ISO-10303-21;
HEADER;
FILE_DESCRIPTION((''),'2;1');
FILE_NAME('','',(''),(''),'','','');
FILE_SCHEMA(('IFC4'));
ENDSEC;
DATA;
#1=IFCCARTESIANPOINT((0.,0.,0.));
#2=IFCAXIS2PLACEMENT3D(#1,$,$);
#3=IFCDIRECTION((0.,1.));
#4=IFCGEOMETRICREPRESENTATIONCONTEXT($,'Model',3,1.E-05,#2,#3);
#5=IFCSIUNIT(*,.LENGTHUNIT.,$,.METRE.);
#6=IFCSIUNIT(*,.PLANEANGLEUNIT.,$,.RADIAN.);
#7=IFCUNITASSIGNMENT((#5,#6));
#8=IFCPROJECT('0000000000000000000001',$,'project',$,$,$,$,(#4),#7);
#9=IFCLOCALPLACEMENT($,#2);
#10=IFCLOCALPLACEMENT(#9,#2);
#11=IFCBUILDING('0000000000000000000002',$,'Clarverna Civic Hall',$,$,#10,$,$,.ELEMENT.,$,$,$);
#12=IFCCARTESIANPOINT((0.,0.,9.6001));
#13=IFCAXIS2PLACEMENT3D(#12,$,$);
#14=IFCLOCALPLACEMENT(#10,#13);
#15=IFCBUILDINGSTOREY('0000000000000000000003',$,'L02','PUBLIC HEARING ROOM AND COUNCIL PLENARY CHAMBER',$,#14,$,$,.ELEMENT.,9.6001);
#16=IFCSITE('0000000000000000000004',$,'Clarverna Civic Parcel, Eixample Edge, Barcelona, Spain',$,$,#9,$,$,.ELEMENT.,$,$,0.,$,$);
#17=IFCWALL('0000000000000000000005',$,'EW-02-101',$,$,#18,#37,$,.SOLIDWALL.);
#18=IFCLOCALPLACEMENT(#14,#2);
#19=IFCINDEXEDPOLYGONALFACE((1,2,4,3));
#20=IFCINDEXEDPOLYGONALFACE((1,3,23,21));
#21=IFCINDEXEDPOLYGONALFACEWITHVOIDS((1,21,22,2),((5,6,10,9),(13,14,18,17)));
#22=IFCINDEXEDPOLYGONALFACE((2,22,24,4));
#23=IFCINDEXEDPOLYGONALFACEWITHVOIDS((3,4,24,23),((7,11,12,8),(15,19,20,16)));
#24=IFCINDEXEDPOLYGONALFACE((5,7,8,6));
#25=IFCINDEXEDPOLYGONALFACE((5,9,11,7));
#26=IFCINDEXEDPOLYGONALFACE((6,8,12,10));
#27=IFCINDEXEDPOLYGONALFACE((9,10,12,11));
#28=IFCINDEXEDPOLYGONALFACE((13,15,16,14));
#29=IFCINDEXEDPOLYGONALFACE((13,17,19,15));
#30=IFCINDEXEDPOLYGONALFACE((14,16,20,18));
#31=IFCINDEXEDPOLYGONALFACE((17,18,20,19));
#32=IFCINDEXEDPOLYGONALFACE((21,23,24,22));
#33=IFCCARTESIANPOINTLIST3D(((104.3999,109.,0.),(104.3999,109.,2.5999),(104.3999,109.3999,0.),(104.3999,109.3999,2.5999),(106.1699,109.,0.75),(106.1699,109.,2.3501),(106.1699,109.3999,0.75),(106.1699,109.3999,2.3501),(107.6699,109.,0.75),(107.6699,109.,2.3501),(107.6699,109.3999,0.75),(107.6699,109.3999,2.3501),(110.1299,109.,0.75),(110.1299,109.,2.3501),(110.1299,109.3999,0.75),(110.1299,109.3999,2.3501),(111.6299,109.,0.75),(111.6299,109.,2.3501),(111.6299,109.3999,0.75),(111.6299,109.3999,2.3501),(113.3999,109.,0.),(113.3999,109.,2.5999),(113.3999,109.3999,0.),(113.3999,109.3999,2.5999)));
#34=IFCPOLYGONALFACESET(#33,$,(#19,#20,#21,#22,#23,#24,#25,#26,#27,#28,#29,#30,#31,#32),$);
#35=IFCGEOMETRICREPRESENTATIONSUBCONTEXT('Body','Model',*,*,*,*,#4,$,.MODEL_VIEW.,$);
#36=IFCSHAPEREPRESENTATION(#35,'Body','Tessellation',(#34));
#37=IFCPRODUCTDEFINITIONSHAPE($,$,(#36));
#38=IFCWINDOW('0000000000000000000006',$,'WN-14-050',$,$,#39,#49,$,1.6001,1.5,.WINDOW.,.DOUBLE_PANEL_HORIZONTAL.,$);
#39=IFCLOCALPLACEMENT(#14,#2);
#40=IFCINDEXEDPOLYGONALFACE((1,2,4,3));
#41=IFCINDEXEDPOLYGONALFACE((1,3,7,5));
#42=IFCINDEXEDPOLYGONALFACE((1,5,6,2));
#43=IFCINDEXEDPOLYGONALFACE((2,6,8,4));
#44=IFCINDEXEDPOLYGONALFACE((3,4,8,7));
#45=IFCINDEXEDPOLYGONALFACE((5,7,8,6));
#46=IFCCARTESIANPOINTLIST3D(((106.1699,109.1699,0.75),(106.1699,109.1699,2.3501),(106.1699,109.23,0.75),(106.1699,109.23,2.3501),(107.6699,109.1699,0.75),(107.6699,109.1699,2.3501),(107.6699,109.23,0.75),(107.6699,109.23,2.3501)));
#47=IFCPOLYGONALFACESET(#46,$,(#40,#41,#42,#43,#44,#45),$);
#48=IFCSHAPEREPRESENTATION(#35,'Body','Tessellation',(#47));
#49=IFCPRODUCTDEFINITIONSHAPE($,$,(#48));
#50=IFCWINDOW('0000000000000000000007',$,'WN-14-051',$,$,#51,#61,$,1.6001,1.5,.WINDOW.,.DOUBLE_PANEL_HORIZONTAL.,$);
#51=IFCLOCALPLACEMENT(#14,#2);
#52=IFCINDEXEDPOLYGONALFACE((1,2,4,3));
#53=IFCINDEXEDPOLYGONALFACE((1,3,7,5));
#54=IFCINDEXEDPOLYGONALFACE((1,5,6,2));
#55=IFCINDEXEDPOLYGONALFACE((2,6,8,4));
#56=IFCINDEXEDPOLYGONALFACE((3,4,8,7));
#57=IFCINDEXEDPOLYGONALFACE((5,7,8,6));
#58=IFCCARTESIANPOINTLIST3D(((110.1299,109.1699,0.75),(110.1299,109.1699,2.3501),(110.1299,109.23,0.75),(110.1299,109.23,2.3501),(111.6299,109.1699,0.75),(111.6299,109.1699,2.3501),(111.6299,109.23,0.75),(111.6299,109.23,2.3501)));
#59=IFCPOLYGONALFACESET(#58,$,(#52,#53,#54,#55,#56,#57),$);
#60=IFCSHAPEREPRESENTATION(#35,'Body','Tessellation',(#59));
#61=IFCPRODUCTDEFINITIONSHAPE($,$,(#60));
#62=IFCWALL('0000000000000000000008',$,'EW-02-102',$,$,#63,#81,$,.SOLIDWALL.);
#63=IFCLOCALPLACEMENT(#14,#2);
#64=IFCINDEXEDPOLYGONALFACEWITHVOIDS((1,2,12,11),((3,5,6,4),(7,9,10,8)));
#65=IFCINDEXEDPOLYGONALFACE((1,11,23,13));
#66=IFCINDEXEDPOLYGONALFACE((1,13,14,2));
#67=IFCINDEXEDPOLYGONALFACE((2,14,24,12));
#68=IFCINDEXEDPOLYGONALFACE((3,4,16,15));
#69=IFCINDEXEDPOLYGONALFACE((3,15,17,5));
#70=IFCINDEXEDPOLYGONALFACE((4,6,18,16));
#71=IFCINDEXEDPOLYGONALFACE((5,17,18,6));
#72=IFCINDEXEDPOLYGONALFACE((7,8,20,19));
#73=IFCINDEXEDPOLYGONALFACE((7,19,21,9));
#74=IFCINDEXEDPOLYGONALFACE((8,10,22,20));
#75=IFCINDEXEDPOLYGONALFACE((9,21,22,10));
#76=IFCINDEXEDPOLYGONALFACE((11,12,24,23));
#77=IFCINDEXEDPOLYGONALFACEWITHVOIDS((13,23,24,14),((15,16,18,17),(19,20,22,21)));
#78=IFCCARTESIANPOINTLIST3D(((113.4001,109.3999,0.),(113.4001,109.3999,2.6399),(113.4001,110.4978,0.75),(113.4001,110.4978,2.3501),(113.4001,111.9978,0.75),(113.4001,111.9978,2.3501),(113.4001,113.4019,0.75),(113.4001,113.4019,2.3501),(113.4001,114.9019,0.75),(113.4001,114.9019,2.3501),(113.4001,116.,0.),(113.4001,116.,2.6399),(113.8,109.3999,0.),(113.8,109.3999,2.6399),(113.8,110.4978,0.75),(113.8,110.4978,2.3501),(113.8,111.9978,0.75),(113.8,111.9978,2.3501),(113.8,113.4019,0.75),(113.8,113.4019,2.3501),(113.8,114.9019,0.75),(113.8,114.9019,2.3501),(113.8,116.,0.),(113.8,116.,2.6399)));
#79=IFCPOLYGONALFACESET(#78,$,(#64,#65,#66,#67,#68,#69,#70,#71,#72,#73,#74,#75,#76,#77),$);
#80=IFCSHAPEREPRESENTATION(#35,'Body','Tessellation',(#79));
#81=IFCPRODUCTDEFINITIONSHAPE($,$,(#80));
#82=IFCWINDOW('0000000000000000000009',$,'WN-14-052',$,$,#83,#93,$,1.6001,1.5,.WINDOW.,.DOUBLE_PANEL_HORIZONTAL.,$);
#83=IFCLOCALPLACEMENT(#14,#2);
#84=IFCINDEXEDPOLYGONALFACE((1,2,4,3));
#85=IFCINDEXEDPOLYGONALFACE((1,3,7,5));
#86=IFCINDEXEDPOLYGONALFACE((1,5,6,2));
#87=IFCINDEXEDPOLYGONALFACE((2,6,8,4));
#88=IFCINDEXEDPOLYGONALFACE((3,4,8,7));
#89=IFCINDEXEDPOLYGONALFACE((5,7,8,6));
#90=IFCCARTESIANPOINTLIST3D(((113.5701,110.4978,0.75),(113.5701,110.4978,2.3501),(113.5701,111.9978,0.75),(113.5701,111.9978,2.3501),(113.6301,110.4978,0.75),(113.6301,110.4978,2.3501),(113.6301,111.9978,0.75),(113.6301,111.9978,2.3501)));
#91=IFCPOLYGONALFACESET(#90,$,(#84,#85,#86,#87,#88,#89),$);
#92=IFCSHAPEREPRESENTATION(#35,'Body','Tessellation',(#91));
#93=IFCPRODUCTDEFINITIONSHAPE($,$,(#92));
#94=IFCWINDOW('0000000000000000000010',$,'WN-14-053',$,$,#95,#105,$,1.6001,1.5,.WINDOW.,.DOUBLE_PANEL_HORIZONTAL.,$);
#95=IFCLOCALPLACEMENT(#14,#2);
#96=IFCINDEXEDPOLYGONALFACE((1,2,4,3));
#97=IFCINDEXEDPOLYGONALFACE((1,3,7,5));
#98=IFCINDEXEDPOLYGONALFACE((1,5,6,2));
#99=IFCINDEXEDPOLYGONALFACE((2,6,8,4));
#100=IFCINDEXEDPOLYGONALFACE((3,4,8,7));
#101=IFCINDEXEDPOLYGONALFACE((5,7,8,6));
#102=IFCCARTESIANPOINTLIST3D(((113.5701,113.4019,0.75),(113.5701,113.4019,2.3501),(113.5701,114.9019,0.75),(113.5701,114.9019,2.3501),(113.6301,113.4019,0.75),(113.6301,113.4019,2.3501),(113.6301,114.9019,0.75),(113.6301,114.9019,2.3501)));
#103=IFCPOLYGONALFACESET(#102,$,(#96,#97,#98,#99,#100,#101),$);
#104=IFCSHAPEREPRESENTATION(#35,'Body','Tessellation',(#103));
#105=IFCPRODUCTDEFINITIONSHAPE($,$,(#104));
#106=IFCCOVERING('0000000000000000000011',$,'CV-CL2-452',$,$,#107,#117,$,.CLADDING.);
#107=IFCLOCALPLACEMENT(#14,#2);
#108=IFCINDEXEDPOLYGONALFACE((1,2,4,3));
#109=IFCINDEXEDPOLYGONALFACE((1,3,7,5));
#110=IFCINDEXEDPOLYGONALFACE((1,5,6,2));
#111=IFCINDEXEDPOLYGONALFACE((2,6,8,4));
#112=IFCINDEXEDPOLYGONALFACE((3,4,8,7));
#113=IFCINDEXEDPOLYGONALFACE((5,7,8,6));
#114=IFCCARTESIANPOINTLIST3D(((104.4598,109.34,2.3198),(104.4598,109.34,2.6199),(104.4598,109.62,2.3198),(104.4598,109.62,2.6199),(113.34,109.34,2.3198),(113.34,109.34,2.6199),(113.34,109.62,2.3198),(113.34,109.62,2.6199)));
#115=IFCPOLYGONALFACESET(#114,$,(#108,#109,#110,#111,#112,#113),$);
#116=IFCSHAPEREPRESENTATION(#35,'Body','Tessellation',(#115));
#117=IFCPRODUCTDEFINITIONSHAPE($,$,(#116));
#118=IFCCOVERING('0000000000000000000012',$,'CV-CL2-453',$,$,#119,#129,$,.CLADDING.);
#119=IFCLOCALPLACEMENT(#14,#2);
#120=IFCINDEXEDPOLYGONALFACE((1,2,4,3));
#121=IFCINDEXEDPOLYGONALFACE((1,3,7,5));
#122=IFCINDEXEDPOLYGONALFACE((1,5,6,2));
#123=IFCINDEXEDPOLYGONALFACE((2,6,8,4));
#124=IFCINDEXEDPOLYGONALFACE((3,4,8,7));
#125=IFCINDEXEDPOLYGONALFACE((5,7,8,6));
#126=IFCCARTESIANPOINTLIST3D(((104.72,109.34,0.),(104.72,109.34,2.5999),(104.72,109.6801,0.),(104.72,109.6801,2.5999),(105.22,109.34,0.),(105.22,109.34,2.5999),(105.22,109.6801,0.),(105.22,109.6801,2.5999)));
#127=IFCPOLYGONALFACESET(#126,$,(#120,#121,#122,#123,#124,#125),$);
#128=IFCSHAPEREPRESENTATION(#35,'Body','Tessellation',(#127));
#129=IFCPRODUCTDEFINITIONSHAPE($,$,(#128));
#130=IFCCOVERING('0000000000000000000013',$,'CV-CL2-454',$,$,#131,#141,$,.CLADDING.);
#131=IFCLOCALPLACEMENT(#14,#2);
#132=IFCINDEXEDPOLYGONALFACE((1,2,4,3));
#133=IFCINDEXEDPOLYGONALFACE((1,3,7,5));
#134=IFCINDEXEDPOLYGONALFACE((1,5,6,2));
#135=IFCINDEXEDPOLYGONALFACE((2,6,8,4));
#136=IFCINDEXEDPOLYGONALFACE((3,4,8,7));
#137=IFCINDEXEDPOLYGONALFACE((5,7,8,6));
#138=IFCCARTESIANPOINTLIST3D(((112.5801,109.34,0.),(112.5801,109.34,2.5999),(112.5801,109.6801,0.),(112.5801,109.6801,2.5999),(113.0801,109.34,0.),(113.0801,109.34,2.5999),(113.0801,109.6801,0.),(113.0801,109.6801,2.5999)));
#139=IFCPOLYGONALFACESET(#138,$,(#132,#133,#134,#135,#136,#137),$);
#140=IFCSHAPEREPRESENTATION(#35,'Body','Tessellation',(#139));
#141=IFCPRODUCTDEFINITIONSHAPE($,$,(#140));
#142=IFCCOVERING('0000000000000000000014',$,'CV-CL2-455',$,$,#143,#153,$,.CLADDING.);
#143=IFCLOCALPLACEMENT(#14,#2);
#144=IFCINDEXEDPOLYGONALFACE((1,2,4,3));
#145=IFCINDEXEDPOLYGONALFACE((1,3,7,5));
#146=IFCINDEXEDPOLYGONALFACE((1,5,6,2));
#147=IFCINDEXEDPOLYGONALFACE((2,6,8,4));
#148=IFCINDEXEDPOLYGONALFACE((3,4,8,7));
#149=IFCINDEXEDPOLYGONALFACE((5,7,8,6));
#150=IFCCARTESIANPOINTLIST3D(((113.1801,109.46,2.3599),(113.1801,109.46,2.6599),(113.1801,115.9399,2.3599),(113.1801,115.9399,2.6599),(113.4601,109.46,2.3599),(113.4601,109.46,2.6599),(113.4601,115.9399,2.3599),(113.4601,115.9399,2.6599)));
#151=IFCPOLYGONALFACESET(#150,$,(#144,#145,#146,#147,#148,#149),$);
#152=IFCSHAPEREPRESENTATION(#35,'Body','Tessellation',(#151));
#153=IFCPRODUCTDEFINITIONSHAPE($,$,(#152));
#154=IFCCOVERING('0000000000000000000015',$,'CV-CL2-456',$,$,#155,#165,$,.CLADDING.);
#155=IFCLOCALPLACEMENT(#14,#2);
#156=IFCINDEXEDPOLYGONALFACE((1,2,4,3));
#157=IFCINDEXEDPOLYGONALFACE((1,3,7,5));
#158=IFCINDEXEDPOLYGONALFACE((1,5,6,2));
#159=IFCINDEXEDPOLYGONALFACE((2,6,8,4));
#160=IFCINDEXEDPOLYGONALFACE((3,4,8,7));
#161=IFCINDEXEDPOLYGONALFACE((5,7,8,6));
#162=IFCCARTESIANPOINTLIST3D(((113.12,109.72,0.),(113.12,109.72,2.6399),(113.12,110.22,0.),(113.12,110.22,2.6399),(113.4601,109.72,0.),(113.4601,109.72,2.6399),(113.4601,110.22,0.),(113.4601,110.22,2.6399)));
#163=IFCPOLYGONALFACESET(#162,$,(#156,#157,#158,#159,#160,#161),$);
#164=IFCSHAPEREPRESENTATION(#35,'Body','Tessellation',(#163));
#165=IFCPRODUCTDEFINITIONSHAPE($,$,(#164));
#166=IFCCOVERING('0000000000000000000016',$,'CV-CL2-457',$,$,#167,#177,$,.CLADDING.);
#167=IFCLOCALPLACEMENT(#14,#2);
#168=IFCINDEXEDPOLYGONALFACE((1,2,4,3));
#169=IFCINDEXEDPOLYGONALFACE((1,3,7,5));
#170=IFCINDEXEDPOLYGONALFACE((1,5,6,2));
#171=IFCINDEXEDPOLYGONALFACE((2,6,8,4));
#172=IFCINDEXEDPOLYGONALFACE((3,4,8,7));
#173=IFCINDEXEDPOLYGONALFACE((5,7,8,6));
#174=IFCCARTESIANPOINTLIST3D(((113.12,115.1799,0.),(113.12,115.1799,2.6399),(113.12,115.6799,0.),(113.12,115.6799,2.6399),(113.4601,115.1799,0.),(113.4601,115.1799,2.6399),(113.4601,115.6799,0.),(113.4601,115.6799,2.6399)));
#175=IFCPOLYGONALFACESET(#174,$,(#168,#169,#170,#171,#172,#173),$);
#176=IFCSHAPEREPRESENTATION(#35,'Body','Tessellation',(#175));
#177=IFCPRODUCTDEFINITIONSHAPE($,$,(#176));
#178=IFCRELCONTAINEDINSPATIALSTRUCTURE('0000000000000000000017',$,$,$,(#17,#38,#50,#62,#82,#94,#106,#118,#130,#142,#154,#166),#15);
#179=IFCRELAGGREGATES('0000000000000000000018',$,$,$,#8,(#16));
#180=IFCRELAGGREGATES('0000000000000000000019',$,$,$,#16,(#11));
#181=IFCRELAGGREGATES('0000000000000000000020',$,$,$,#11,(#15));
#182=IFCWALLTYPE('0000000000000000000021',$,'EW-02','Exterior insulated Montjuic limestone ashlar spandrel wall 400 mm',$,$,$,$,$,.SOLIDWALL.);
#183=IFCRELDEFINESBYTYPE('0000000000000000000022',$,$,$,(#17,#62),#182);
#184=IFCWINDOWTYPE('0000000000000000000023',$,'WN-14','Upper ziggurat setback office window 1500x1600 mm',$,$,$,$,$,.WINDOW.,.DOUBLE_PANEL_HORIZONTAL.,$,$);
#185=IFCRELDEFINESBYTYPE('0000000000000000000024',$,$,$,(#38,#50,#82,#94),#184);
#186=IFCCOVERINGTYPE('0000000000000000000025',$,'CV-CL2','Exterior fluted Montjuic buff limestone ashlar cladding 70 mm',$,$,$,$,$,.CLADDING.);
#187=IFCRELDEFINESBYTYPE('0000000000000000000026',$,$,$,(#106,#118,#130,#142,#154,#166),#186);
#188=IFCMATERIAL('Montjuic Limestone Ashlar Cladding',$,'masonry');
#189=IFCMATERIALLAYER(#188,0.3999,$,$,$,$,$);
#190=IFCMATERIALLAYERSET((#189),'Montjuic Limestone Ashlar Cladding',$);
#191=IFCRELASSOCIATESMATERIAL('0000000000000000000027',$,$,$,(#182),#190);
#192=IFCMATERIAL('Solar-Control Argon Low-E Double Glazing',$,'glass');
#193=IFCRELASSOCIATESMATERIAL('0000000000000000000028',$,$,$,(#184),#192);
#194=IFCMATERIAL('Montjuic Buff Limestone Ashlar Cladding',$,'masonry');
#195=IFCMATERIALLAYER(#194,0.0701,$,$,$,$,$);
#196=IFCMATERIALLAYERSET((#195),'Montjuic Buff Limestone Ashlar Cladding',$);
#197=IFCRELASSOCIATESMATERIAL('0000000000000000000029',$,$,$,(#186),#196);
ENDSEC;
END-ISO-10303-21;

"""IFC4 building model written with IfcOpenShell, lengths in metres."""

from ifc_helpers import new_model, si_unit, direction, frame, frame_2d, origin, place, context, subcontext, project, spatial, rectangle, extrude, material, layer, layer_set, type_object, element, fill, save


model = new_model("IFC4")

# Units and contexts
model_context = context("Model", 3, precision=1e-05, world=origin(), true_north=direction((0.0, 1.0)))
body_context = subcontext(model_context, "Body", "Model", "MODEL_VIEW")
ifc_project = project(units=[si_unit("LENGTHUNIT", "METRE"), si_unit("PLANEANGLEUNIT", "RADIAN")], contexts=[model_context])

# Site, building, storey
site_placement = place(None, origin())
site = spatial("IfcSite", under=ifc_project, at=site_placement, Name="Clarverna Civic Parcel, Eixample Edge, Barcelona, Spain", CompositionType="ELEMENT", RefElevation=0.0)
building_placement = place(site_placement, origin())
building = spatial("IfcBuilding", under=site, at=building_placement, Name="Clarverna Civic Hall", CompositionType="ELEMENT")
storey_placement = place(building_placement, frame((0.0, 0.0, 9.6001)))
storey = spatial("IfcBuildingStorey", under=building, at=storey_placement, Name="L02", Description="PUBLIC HEARING ROOM AND COUNCIL PLENARY CHAMBER", CompositionType="ELEMENT", Elevation=9.6001)

# Shared definitions
ifc_material_1 = material(Name="Solar-Control Argon Low-E Double Glazing", Category="glass")

# Walls, openings, windows
ifc_material_2 = material(Name="Montjuic Limestone Ashlar Cladding", Category="masonry")
ifc_layer_1 = layer(ifc_material_2, 0.3999)
ifc_layer_set_1 = layer_set([ifc_layer_1], Name="Montjuic Limestone Ashlar Cladding")
wall_type = type_object("IfcWallType", Name="EW-02", Description="Exterior insulated Montjuic limestone ashlar spandrel wall 400 mm", PredefinedType="SOLIDWALL", material=ifc_layer_set_1)
wall_1_placement = place(storey_placement, frame((104.3999, 109.2, 0.0), z_axis=(0.0, 0.0, 1.0), x_axis=(1.0, 0.0, 0.0)))
wall_1 = element("IfcWall", 1, at=wall_1_placement, inside=storey, type_object=wall_type, Name="EW-02-101", PredefinedType="SOLIDWALL", context=body_context, shape_type="SweptSolid", body=[
    extrude(rectangle(XDim=9.0, YDim=0.3999, at=frame_2d((4.5, 0.0))), origin(), (0.0, 0.0, 1.0), 2.5999),
])
opening_1_placement = place(wall_1_placement, frame((1.77, 0.0, 0.75)))
opening_1 = element("IfcOpeningElement", 2, at=opening_1_placement, cuts=wall_1, PredefinedType="OPENING", context=body_context, shape_type="SweptSolid", body=[
    extrude(rectangle(XDim=1.5, YDim=1.6001, at=frame_2d((0.75, 0.8))), frame((0.0, 0.21, 0.0), z_axis=(0.0, -1.0, 0.0), x_axis=(1.0, 0.0, 0.0)), (0.0, 0.0, 1.0), 0.4199),
])
opening_2_placement = place(wall_1_placement, frame((5.73, 0.0, 0.75)))
opening_2 = element("IfcOpeningElement", 3, at=opening_2_placement, cuts=wall_1, PredefinedType="OPENING", context=body_context, shape_type="SweptSolid", body=[
    extrude(rectangle(XDim=1.5, YDim=1.6001, at=frame_2d((0.75, 0.8))), frame((0.0, 0.21, 0.0), z_axis=(0.0, -1.0, 0.0), x_axis=(1.0, 0.0, 0.0)), (0.0, 0.0, 1.0), 0.4199),
])
window_type = type_object("IfcWindowType", Name="WN-14", Description="Upper ziggurat setback office window 1500x1600 mm", PartitioningType="DOUBLE_PANEL_HORIZONTAL", PredefinedType="WINDOW", material=ifc_material_1)
window_1_placement = place(opening_1_placement, origin())
window_1 = element("IfcWindow", 4, at=window_1_placement, inside=storey, type_object=window_type, Name="WN-14-050", OverallHeight=1.6001, OverallWidth=1.5, PartitioningType="DOUBLE_PANEL_HORIZONTAL", PredefinedType="WINDOW", context=body_context, shape_type="SweptSolid", body=[
    extrude(rectangle(XDim=1.5, YDim=1.6001, at=frame_2d((0.75, 0.8))), frame((0.0, 0.03, 0.0), z_axis=(0.0, -1.0, 0.0), x_axis=(1.0, 0.0, 0.0)), (0.0, 0.0, 1.0), 0.0601),
])
fill(opening_1, window_1)
window_2_placement = place(opening_2_placement, origin())
window_2 = element("IfcWindow", 5, at=window_2_placement, inside=storey, type_object=window_type, Name="WN-14-051", OverallHeight=1.6001, OverallWidth=1.5, PartitioningType="DOUBLE_PANEL_HORIZONTAL", PredefinedType="WINDOW", context=body_context, shape_type="SweptSolid", body=[
    extrude(rectangle(XDim=1.5, YDim=1.6001, at=frame_2d((0.75, 0.8))), frame((0.0, 0.03, 0.0), z_axis=(0.0, -1.0, 0.0), x_axis=(1.0, 0.0, 0.0)), (0.0, 0.0, 1.0), 0.0601),
])
fill(opening_2, window_2)
wall_2_placement = place(storey_placement, frame((113.6001, 109.3999, 0.0), z_axis=(0.0, 0.0, 1.0), x_axis=(0.0, 1.0, 0.0)))
wall_2 = element("IfcWall", 6, at=wall_2_placement, inside=storey, type_object=wall_type, Name="EW-02-102", PredefinedType="SOLIDWALL", context=body_context, shape_type="SweptSolid", body=[
    extrude(rectangle(XDim=6.6001, YDim=0.3999, at=frame_2d((3.3, 0.0))), origin(), (0.0, 0.0, 1.0), 2.6399),
])
opening_3_placement = place(wall_2_placement, frame((1.0979, 0.0, 0.75)))
opening_3 = element("IfcOpeningElement", 7, at=opening_3_placement, cuts=wall_2, PredefinedType="OPENING", context=body_context, shape_type="SweptSolid", body=[
    extrude(rectangle(XDim=1.5, YDim=1.6001, at=frame_2d((0.75, 0.8))), frame((0.0, 0.21, 0.0), z_axis=(0.0, -1.0, 0.0), x_axis=(1.0, 0.0, 0.0)), (0.0, 0.0, 1.0), 0.4199),
])
opening_4_placement = place(wall_2_placement, frame((4.002, 0.0, 0.75)))
opening_4 = element("IfcOpeningElement", 8, at=opening_4_placement, cuts=wall_2, PredefinedType="OPENING", context=body_context, shape_type="SweptSolid", body=[
    extrude(rectangle(XDim=1.5, YDim=1.6001, at=frame_2d((0.75, 0.8))), frame((0.0, 0.21, 0.0), z_axis=(0.0, -1.0, 0.0), x_axis=(1.0, 0.0, 0.0)), (0.0, 0.0, 1.0), 0.4199),
])
window_3_placement = place(opening_3_placement, origin())
window_3 = element("IfcWindow", 9, at=window_3_placement, inside=storey, type_object=window_type, Name="WN-14-052", OverallHeight=1.6001, OverallWidth=1.5, PartitioningType="DOUBLE_PANEL_HORIZONTAL", PredefinedType="WINDOW", context=body_context, shape_type="SweptSolid", body=[
    extrude(rectangle(XDim=1.5, YDim=1.6001, at=frame_2d((0.75, 0.8))), frame((0.0, 0.03, 0.0), z_axis=(0.0, -1.0, 0.0), x_axis=(1.0, 0.0, 0.0)), (0.0, 0.0, 1.0), 0.0601),
])
fill(opening_3, window_3)
window_4_placement = place(opening_4_placement, origin())
window_4 = element("IfcWindow", 10, at=window_4_placement, inside=storey, type_object=window_type, Name="WN-14-053", OverallHeight=1.6001, OverallWidth=1.5, PartitioningType="DOUBLE_PANEL_HORIZONTAL", PredefinedType="WINDOW", context=body_context, shape_type="SweptSolid", body=[
    extrude(rectangle(XDim=1.5, YDim=1.6001, at=frame_2d((0.75, 0.8))), frame((0.0, 0.03, 0.0), z_axis=(0.0, -1.0, 0.0), x_axis=(1.0, 0.0, 0.0)), (0.0, 0.0, 1.0), 0.0601),
])
fill(opening_4, window_4)

# Coverings
ifc_material_3 = material(Name="Montjuic Buff Limestone Ashlar Cladding", Category="masonry")
ifc_layer_2 = layer(ifc_material_3, 0.0701)
ifc_layer_set_2 = layer_set([ifc_layer_2], Name="Montjuic Buff Limestone Ashlar Cladding")
covering_type = type_object("IfcCoveringType", Name="CV-CL2", Description="Exterior fluted Montjuic buff limestone ashlar cladding 70 mm", PredefinedType="CLADDING", material=ifc_layer_set_2)
covering_1_placement = place(storey_placement, frame((104.46, 109.48, 2.3198), z_axis=(0.0, 0.0, 1.0), x_axis=(1.0, 0.0, 0.0)))
element("IfcCovering", 11, at=covering_1_placement, inside=storey, type_object=covering_type, Name="CV-CL2-452", PredefinedType="CLADDING", context=body_context, shape_type="SweptSolid", body=[
    extrude(rectangle(XDim=8.8801, YDim=0.28, at=frame_2d((4.4399, 0.0))), origin(), (0.0, 0.0, 1.0), 0.3),
])
for number, where, z_axis, x_axis, name in (
    (12, (104.72, 109.51, 0.0), (0.0, 0.0, 1.0), (1.0, 0.0, 0.0), "CV-CL2-453"),
    (13, (112.5801, 109.51, 0.0), (0.0, 0.0, 1.0), (1.0, 0.0, 0.0), "CV-CL2-454"),
):
    element("IfcCovering", number, at=place(storey_placement, frame(where, z_axis=z_axis, x_axis=x_axis)), inside=storey, type_object=covering_type, Name=name, PredefinedType="CLADDING", context=body_context, shape_type="SweptSolid", body=[
        extrude(rectangle(XDim=0.5, YDim=0.3401, at=frame_2d((0.25, 0.0))), origin(), (0.0, 0.0, 1.0), 2.5999),
    ])
covering_2_placement = place(storey_placement, frame((113.3201, 109.46, 2.3599), z_axis=(0.0, 0.0, 1.0), x_axis=(0.0, 1.0, 0.0)))
element("IfcCovering", 14, at=covering_2_placement, inside=storey, type_object=covering_type, Name="CV-CL2-455", PredefinedType="CLADDING", context=body_context, shape_type="SweptSolid", body=[
    extrude(rectangle(XDim=6.48, YDim=0.28, at=frame_2d((3.24, 0.0))), origin(), (0.0, 0.0, 1.0), 0.3),
])
for number, where, z_axis, x_axis, name in (
    (15, (113.29, 109.72, 0.0), (0.0, 0.0, 1.0), (0.0, 1.0, 0.0), "CV-CL2-456"),
    (16, (113.29, 115.1799, 0.0), (0.0, 0.0, 1.0), (0.0, 1.0, 0.0), "CV-CL2-457"),
):
    element("IfcCovering", number, at=place(storey_placement, frame(where, z_axis=z_axis, x_axis=x_axis)), inside=storey, type_object=covering_type, Name=name, PredefinedType="CLADDING", context=body_context, shape_type="SweptSolid", body=[
        extrude(rectangle(XDim=0.5, YDim=0.3401, at=frame_2d((0.25, 0.0))), origin(), (0.0, 0.0, 1.0), 2.6399),
    ])

save(model, "model.ifc")
